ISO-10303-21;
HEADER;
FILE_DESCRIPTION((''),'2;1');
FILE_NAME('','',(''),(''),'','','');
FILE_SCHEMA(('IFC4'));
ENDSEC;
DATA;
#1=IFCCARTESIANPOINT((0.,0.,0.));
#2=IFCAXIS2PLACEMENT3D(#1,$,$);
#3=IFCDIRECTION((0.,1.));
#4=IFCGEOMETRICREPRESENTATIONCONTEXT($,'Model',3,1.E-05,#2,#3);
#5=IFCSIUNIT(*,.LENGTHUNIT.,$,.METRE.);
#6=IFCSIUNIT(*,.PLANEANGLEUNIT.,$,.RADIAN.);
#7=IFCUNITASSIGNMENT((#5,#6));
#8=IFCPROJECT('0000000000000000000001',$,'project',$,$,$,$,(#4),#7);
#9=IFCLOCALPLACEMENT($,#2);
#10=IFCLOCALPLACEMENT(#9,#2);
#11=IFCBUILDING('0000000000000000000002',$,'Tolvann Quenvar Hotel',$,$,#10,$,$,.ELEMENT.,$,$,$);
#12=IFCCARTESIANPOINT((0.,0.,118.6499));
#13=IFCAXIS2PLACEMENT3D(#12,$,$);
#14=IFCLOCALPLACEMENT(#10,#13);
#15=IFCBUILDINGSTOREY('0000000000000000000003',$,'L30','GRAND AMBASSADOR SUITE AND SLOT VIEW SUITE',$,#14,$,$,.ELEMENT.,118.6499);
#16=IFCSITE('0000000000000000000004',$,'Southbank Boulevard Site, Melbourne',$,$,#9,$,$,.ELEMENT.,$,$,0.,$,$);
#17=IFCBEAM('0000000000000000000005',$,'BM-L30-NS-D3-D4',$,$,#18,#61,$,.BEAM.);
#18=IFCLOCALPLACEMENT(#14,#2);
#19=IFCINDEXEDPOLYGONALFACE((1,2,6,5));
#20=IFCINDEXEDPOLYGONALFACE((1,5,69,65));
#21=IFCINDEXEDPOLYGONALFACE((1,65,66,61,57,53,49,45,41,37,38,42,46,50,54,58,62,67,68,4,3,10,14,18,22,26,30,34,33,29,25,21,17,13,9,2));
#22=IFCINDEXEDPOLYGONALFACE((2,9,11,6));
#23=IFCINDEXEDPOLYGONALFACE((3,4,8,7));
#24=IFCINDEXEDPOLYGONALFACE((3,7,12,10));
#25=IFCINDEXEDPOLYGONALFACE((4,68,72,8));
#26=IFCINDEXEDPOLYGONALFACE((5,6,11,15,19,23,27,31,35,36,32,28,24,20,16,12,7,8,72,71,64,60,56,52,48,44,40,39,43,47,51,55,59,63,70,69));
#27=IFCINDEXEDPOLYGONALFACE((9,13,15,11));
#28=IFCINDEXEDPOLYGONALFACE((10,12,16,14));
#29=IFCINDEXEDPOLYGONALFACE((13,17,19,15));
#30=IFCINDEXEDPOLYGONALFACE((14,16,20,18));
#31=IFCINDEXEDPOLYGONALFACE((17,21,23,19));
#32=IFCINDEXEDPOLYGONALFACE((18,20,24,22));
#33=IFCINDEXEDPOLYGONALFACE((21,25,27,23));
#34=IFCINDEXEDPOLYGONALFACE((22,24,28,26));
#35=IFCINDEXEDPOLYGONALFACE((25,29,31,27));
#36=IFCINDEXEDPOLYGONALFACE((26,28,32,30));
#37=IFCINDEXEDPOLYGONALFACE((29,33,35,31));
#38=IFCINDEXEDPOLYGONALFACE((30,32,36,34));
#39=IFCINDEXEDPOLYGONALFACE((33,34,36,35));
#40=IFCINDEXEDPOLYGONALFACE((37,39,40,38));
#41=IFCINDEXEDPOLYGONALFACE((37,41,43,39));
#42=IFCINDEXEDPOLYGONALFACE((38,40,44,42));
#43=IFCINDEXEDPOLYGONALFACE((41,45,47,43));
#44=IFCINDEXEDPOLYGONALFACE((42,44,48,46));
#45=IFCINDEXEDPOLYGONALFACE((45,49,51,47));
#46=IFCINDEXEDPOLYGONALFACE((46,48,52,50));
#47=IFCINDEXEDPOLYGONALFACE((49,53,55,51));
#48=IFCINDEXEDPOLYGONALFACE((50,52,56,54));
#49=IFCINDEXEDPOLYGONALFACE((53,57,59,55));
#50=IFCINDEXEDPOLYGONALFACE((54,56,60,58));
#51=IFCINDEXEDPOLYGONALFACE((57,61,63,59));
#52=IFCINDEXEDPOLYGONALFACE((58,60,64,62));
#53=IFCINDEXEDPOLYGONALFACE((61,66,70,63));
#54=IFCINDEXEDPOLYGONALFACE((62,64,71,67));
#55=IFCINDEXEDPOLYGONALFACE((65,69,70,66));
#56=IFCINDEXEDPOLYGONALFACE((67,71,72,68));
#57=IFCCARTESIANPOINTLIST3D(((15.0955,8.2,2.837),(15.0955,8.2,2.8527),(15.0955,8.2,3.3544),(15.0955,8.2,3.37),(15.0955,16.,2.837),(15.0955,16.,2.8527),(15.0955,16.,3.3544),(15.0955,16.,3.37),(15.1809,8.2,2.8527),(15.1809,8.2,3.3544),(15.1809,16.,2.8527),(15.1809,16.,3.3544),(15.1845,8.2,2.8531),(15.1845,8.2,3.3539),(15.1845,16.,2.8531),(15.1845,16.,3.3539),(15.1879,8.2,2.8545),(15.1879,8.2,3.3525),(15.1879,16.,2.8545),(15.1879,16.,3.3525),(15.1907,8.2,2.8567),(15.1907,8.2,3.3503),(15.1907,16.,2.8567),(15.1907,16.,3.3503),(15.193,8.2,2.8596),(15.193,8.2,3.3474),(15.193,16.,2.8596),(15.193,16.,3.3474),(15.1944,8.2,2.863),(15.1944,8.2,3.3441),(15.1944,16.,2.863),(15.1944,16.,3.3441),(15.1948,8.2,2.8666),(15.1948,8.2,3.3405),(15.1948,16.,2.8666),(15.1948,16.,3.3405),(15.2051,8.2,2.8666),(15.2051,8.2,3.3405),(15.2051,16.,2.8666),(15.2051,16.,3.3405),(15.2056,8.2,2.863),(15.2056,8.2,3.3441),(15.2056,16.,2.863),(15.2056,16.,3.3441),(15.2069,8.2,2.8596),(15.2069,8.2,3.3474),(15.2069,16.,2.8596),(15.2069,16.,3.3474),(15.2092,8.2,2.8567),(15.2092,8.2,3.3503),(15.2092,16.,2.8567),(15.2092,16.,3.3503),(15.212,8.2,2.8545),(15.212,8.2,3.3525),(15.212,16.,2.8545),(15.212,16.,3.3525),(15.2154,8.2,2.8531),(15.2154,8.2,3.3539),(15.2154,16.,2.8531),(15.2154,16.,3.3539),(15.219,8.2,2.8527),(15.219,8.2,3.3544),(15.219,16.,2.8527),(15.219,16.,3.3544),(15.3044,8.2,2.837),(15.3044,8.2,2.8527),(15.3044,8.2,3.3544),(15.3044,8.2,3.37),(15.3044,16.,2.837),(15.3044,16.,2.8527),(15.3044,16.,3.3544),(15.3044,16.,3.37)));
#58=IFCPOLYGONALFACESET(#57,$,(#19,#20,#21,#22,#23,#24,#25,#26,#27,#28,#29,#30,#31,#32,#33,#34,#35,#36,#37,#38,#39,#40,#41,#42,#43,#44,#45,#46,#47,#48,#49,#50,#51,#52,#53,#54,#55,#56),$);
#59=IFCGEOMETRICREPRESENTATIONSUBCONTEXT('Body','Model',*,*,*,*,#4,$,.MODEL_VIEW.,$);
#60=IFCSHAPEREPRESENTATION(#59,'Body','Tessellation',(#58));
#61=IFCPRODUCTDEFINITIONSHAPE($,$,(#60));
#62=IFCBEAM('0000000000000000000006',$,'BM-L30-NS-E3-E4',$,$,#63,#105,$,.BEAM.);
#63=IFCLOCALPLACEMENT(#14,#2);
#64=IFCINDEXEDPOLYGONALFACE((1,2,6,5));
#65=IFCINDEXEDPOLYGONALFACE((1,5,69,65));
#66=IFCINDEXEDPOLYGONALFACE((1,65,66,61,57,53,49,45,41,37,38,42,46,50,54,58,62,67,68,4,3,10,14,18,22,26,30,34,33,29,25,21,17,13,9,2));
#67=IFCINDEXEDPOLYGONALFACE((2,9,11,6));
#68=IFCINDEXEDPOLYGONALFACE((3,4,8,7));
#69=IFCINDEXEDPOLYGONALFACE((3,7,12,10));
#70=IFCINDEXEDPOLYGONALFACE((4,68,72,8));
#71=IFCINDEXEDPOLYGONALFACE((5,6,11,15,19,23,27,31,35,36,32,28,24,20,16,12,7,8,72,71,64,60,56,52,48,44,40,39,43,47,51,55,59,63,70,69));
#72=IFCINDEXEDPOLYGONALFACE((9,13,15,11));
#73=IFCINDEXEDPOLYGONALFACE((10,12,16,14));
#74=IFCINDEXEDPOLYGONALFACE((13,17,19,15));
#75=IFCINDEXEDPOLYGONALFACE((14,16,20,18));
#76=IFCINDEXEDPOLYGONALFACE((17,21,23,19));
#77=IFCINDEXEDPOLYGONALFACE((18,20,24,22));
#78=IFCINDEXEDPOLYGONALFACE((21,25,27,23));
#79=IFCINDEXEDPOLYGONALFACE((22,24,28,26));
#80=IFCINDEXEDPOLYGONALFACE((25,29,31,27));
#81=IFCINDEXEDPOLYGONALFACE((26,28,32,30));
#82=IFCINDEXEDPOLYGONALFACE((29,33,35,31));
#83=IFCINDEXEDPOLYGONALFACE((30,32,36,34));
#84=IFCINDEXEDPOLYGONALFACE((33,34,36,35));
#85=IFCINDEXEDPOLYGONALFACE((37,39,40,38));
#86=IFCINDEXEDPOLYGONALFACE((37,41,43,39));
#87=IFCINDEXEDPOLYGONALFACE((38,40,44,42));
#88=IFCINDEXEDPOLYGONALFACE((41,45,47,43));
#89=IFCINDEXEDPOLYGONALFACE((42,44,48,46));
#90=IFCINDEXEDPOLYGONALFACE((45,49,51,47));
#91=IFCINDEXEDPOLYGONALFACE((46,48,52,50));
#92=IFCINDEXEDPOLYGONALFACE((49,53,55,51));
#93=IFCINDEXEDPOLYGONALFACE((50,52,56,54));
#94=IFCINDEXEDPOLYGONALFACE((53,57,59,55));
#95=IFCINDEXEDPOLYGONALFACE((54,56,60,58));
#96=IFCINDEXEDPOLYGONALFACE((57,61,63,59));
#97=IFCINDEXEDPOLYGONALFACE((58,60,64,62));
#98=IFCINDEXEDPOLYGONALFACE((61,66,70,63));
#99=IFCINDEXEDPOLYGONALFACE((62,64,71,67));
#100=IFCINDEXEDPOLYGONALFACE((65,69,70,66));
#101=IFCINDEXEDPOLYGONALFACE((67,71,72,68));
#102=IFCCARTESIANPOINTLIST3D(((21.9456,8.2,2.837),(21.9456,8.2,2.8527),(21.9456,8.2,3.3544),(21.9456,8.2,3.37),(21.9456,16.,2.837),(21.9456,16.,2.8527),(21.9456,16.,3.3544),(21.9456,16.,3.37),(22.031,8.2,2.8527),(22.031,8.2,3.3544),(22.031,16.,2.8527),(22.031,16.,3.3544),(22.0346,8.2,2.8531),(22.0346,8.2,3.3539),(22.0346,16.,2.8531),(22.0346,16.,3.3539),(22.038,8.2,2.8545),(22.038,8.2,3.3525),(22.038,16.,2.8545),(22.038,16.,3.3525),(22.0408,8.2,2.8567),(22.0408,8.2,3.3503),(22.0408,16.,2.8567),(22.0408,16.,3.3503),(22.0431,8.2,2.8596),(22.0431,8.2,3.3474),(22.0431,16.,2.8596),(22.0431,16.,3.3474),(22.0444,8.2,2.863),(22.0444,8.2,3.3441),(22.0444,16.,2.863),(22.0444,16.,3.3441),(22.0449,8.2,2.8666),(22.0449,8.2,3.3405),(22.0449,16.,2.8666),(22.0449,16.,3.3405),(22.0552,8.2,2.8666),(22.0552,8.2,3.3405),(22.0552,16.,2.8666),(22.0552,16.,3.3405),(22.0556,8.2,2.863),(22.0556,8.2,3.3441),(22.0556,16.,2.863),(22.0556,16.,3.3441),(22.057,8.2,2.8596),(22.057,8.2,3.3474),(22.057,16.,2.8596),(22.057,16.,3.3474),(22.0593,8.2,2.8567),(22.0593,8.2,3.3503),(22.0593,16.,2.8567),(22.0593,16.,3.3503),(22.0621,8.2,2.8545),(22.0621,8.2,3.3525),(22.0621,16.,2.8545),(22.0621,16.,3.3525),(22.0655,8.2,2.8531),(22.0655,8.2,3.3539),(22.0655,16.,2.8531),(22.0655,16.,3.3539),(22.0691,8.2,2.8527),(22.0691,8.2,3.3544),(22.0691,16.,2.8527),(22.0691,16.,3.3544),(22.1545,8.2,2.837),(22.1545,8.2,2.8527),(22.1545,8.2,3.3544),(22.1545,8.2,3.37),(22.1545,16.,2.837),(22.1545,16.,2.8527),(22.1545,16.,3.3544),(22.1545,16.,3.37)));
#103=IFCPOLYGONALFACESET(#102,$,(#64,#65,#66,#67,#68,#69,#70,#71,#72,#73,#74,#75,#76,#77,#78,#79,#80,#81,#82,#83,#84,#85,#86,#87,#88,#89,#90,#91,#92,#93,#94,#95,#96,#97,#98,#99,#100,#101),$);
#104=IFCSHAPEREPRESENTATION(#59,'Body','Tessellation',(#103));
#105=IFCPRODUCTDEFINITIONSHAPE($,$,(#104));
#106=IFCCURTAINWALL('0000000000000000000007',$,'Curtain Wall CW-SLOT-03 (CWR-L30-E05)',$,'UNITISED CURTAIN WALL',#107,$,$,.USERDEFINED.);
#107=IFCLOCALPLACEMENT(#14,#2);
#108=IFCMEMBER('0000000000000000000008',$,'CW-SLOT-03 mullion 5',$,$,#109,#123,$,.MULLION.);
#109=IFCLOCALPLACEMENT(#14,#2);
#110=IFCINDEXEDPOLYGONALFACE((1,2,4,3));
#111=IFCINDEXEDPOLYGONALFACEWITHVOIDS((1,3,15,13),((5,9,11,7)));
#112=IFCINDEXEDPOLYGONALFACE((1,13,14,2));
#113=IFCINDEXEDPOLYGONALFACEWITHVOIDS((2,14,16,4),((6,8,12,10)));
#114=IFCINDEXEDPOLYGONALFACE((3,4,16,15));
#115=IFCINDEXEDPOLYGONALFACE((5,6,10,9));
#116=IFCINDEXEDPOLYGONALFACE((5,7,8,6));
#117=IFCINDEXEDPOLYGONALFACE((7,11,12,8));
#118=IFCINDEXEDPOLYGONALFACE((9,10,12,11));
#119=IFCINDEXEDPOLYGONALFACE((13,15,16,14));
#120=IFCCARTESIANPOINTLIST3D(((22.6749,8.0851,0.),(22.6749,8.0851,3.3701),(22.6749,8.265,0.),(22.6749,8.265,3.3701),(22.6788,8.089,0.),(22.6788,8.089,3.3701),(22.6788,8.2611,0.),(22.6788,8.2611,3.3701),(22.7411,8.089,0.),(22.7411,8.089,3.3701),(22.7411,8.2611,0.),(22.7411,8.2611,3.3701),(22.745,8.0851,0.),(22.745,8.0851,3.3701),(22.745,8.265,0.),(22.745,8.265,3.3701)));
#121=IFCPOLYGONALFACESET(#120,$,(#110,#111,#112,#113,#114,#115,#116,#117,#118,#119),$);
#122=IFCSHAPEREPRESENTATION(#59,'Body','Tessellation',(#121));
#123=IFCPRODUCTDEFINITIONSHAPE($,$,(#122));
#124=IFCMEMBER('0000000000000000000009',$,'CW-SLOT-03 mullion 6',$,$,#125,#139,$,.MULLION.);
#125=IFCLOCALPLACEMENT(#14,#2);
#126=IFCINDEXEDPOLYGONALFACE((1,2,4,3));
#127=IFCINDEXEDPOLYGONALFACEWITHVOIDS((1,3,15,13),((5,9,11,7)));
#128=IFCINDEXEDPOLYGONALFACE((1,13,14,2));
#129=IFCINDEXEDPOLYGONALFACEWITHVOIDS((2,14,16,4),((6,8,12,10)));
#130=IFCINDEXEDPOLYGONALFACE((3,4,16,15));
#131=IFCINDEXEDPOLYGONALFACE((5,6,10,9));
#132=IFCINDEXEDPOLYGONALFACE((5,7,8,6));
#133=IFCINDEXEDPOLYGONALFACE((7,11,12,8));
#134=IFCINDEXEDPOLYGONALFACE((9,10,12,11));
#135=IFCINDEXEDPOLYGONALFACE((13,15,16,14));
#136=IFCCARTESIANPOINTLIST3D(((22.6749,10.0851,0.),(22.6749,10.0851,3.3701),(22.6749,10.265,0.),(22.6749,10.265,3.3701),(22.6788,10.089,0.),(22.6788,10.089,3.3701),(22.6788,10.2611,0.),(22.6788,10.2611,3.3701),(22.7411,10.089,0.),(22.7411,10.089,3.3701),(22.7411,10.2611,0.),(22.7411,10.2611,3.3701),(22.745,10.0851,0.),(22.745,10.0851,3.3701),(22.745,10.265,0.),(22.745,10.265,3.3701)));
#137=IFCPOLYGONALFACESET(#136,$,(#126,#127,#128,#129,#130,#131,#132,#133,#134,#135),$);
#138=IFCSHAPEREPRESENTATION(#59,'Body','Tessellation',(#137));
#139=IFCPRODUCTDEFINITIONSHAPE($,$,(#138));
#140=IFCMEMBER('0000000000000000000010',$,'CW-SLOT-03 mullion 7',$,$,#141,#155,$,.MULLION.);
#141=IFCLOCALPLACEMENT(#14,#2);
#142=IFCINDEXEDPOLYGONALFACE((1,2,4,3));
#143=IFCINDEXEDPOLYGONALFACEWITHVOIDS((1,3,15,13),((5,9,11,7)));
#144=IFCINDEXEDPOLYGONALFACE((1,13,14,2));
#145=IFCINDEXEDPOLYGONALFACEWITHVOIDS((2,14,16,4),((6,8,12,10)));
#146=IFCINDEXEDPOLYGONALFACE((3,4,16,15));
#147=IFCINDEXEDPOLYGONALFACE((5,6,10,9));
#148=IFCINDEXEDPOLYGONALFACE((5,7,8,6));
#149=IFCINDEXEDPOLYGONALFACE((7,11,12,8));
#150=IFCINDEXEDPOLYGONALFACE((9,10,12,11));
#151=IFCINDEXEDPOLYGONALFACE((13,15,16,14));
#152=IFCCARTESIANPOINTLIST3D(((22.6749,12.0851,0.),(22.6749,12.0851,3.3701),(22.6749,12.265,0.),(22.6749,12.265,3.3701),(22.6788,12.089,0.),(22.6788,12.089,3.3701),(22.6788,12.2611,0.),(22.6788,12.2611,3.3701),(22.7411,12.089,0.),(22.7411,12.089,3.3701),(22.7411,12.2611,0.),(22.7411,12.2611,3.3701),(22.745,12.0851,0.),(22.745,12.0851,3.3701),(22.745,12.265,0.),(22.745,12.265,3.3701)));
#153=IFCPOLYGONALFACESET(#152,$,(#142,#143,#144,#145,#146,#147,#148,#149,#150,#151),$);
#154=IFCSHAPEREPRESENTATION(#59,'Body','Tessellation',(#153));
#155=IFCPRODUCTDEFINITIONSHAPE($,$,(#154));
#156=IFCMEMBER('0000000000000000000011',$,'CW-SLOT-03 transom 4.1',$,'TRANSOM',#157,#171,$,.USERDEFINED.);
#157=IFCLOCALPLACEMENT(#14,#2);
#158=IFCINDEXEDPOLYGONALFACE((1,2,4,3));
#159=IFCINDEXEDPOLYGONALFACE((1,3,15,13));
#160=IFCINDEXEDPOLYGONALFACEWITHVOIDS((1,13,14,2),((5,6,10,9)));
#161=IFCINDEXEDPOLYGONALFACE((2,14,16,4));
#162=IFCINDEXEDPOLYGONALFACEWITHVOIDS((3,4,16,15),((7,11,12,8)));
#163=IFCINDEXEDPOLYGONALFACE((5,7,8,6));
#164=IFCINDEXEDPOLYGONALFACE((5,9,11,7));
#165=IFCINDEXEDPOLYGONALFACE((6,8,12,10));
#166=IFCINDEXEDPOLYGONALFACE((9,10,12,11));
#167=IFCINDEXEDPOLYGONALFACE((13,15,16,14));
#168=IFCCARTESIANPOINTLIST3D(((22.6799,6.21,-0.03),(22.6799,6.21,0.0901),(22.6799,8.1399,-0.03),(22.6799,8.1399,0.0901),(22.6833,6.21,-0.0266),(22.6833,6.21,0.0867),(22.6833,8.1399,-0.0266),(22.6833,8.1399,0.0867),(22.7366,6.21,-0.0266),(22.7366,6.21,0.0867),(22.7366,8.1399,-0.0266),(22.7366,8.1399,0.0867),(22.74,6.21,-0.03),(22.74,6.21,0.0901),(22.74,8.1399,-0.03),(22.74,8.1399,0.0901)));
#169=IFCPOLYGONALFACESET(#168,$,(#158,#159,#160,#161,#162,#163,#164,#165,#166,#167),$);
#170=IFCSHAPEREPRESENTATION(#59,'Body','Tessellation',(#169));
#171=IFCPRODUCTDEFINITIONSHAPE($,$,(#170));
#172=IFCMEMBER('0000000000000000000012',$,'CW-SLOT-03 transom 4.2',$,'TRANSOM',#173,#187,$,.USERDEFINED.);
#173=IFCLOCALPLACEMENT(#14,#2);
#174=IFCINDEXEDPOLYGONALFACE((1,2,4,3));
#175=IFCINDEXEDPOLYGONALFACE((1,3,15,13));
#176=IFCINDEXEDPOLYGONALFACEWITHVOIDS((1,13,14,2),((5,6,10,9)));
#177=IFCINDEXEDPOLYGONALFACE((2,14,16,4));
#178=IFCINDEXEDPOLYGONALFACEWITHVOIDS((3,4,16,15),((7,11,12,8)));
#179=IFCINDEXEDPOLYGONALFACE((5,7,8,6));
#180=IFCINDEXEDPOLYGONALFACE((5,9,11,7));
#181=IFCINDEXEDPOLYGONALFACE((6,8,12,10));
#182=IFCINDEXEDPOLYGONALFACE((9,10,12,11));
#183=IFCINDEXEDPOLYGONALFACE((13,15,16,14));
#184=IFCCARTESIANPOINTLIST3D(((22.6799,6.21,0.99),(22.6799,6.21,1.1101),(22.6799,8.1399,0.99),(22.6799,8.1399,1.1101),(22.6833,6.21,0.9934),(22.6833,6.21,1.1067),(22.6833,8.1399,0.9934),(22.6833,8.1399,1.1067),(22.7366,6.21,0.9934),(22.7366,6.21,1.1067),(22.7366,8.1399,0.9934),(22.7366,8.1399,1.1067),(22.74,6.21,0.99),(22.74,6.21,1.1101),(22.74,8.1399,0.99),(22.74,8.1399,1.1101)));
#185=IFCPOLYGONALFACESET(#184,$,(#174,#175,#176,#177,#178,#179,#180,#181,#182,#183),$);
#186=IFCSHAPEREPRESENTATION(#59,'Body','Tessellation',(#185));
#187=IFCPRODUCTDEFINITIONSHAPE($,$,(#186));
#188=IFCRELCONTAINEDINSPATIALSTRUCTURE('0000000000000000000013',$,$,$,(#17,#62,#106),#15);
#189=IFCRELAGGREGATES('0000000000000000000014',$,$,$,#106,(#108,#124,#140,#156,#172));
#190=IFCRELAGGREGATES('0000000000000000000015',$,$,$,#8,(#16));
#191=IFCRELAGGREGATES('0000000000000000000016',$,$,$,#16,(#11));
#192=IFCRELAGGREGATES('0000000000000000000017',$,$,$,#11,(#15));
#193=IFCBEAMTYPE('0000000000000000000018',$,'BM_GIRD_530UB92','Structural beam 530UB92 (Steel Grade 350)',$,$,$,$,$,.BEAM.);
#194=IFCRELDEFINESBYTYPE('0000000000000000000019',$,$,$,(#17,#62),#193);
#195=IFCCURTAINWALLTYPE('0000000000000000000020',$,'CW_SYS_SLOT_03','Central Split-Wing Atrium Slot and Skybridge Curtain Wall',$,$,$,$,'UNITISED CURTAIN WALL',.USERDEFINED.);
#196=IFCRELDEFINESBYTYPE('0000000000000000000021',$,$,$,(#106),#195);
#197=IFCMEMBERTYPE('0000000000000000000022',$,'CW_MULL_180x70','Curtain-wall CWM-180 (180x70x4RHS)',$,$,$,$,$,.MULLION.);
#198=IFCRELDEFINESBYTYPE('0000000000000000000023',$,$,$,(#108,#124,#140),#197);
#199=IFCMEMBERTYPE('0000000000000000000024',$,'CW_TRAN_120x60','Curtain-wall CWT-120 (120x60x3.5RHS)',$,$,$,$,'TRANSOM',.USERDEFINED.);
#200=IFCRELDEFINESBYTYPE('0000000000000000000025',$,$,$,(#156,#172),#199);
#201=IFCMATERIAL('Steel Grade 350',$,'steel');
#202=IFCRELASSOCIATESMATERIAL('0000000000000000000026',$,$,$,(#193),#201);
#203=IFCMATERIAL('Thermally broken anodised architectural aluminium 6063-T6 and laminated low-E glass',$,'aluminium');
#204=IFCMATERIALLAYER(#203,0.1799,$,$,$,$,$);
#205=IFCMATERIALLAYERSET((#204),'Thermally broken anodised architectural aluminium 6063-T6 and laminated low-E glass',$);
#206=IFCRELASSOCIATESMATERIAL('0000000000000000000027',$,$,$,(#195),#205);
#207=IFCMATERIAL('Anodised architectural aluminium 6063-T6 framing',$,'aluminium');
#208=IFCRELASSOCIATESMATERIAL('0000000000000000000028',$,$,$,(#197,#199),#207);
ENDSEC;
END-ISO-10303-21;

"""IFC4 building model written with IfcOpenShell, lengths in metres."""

from ifc_helpers import new_model, si_unit, direction, frame, origin, origin_2d, place, context, subcontext, project, spatial, hollow_rectangle, i_section, extrude, source, transform, mapped, material, layer, layer_set, material_profile, profile_set, type_object, type_shapes, element, aggregate, save


model = new_model("IFC4")

# Units and contexts
model_context = context("Model", 3, precision=1e-05, world=origin(), true_north=direction((0.0, 1.0)))
body_context = subcontext(model_context, "Body", "Model", "MODEL_VIEW")
ifc_project = project(units=[si_unit("LENGTHUNIT", "METRE"), si_unit("PLANEANGLEUNIT", "RADIAN")], contexts=[model_context])

# Site, building, storey
site_placement = place(None, origin())
site = spatial("IfcSite", under=ifc_project, at=site_placement, Name="Southbank Boulevard Site, Melbourne", CompositionType="ELEMENT", RefElevation=0.0)
building_placement = place(site_placement, origin())
building = spatial("IfcBuilding", under=site, at=building_placement, Name="Tolvann Quenvar Hotel", CompositionType="ELEMENT")
storey_placement = place(building_placement, frame((0.0, 0.0, 118.6499)))
storey = spatial("IfcBuildingStorey", under=building, at=storey_placement, Name="L30", Description="GRAND AMBASSADOR SUITE AND SLOT VIEW SUITE", CompositionType="ELEMENT", Elevation=118.6499)

# Shared definitions
ifc_material_1 = material(Name="Steel Grade 350", Category="steel")

# Beams
ifc_material_profile_1 = material_profile(ifc_material_1, i_section(OverallWidth=0.209, OverallDepth=0.533, WebThickness=0.0103, FlangeThickness=0.0156, FilletRadius=0.0139, at=origin_2d()), Name="530UB92")
ifc_profile_set_1 = profile_set([ifc_material_profile_1], Name="Steel Grade 350")
beam_type_1 = type_object("IfcBeamType", Name="BM_GIRD_530UB92", Description="Structural beam 530UB92 (Steel Grade 350)", PredefinedType="BEAM", material=ifc_profile_set_1)
shared_shape_1 = source(origin(), body_context, "Body", "SweptSolid", [
    extrude(i_section(OverallWidth=0.209, OverallDepth=0.533, WebThickness=0.0103, FlangeThickness=0.0156, FilletRadius=0.0139, at=origin_2d()), origin(), (0.0, 0.0, 1.0), 7.8),
])
type_shapes(beam_type_1, [shared_shape_1])
for number, where, z_axis, x_axis, name in (
    (1, (15.2, 8.2, 3.1035), (0.0, 1.0, 0.0), (-1.0, 0.0, 0.0), "BM-L30-NS-D3-D4"),
    (2, (22.05, 8.2, 3.1035), (0.0, 1.0, 0.0), (-1.0, 0.0, 0.0), "BM-L30-NS-E3-E4"),
):
    element("IfcBeam", number, at=place(storey_placement, frame(where, z_axis=z_axis, x_axis=x_axis)), inside=storey, type_object=beam_type_1, Name=name, PredefinedType="BEAM", context=body_context, shape_type="MappedRepresentation", body=[
        mapped(shared_shape_1, transform((0.0, 0.0, 0.0), x_axis=(1.0, 0.0, 0.0), y_axis=(0.0, 1.0, 0.0), z_axis=(0.0, 0.0, 1.0), scale=1.0)),
    ])

# Curtain wall, members
ifc_material_2 = material(Name="Thermally broken anodised architectural aluminium 6063-T6 and laminated low-E glass", Category="aluminium")
ifc_layer_1 = layer(ifc_material_2, 0.1799)
ifc_layer_set_1 = layer_set([ifc_layer_1], Name="Thermally broken anodised architectural aluminium 6063-T6 and laminated low-E glass")
curtain_wall_type = type_object("IfcCurtainWallType", Name="CW_SYS_SLOT_03", Description="Central Split-Wing Atrium Slot and Skybridge Curtain Wall", ElementType="UNITISED CURTAIN WALL", PredefinedType="USERDEFINED", material=ifc_layer_set_1)
curtain_wall_placement = place(storey_placement, origin())
curtain_wall = element("IfcCurtainWall", 3, at=curtain_wall_placement, inside=storey, type_object=curtain_wall_type, Name="Curtain Wall CW-SLOT-03 (CWR-L30-E05)", ObjectType="UNITISED CURTAIN WALL", PredefinedType="USERDEFINED")
ifc_material_3 = material(Name="Anodised architectural aluminium 6063-T6 framing", Category="aluminium")
ifc_material_profile_2 = material_profile(ifc_material_3, hollow_rectangle(XDim=0.0701, YDim=0.1799, WallThickness=0.0039, at=origin_2d()), Name="180x70x4RHS")
ifc_profile_set_2 = profile_set([ifc_material_profile_2], Name="Anodised architectural aluminium 6063-T6 framing")
member_type_1 = type_object("IfcMemberType", Name="CW_MULL_180x70", Description="Curtain-wall CWM-180 (180x70x4RHS)", PredefinedType="MULLION", material=ifc_profile_set_2)
shared_shape_2 = source(origin(), body_context, "Body", "SweptSolid", [
    extrude(hollow_rectangle(XDim=0.0701, YDim=0.1799, WallThickness=0.0039, at=origin_2d()), origin(), (0.0, 0.0, 1.0), 3.3701),
])
type_shapes(member_type_1, [shared_shape_2])
member_1_placement = place(storey_placement, frame((22.71, 8.175, 0.0), z_axis=(0.0, 0.0, 1.0), x_axis=(-1.0, 0.0, 0.0)))
member_1 = element("IfcMember", 4, at=member_1_placement, type_object=member_type_1, Name="CW-SLOT-03 mullion 5", PredefinedType="MULLION", context=body_context, shape_type="MappedRepresentation", body=[
    mapped(shared_shape_2, transform((0.0, 0.0, 0.0), x_axis=(1.0, 0.0, 0.0), y_axis=(0.0, 1.0, 0.0), z_axis=(0.0, 0.0, 1.0), scale=1.0)),
])
member_2_placement = place(storey_placement, frame((22.71, 10.175, 0.0), z_axis=(0.0, 0.0, 1.0), x_axis=(-1.0, 0.0, 0.0)))
member_2 = element("IfcMember", 5, at=member_2_placement, type_object=member_type_1, Name="CW-SLOT-03 mullion 6", PredefinedType="MULLION", context=body_context, shape_type="MappedRepresentation", body=[
    mapped(shared_shape_2, transform((0.0, 0.0, 0.0), x_axis=(1.0, 0.0, 0.0), y_axis=(0.0, 1.0, 0.0), z_axis=(0.0, 0.0, 1.0), scale=1.0)),
])
member_3_placement = place(storey_placement, frame((22.71, 12.175, 0.0), z_axis=(0.0, 0.0, 1.0), x_axis=(-1.0, 0.0, 0.0)))
member_3 = element("IfcMember", 6, at=member_3_placement, type_object=member_type_1, Name="CW-SLOT-03 mullion 7", PredefinedType="MULLION", context=body_context, shape_type="MappedRepresentation", body=[
    mapped(shared_shape_2, transform((0.0, 0.0, 0.0), x_axis=(1.0, 0.0, 0.0), y_axis=(0.0, 1.0, 0.0), z_axis=(0.0, 0.0, 1.0), scale=1.0)),
])
ifc_material_profile_3 = material_profile(ifc_material_3, hollow_rectangle(XDim=0.0601, YDim=0.1201, WallThickness=0.0034, at=origin_2d()), Name="120x60x3.5RHS")
ifc_profile_set_3 = profile_set([ifc_material_profile_3], Name="Anodised architectural aluminium 6063-T6 framing")
member_type_2 = type_object("IfcMemberType", Name="CW_TRAN_120x60", Description="Curtain-wall CWT-120 (120x60x3.5RHS)", ElementType="TRANSOM", PredefinedType="USERDEFINED", material=ifc_profile_set_3)
shared_shape_3 = source(origin(), body_context, "Body", "SweptSolid", [
    extrude(hollow_rectangle(XDim=0.0601, YDim=0.1201, WallThickness=0.0034, at=origin_2d()), origin(), (0.0, 0.0, 1.0), 1.9299),
])
type_shapes(member_type_2, [shared_shape_3])
member_4_placement = place(storey_placement, frame((22.71, 6.21, 0.03), z_axis=(0.0, 1.0, 0.0), x_axis=(-1.0, 0.0, 0.0)))
member_4 = element("IfcMember", 7, at=member_4_placement, type_object=member_type_2, Name="CW-SLOT-03 transom 4.1", ObjectType="TRANSOM", PredefinedType="USERDEFINED", context=body_context, shape_type="MappedRepresentation", body=[
    mapped(shared_shape_3, transform((0.0, 0.0, 0.0), x_axis=(1.0, 0.0, 0.0), y_axis=(0.0, 1.0, 0.0), z_axis=(0.0, 0.0, 1.0), scale=1.0)),
])
member_5_placement = place(storey_placement, frame((22.71, 6.21, 1.05), z_axis=(0.0, 1.0, 0.0), x_axis=(-1.0, 0.0, 0.0)))
member_5 = element("IfcMember", 8, at=member_5_placement, type_object=member_type_2, Name="CW-SLOT-03 transom 4.2", ObjectType="TRANSOM", PredefinedType="USERDEFINED", context=body_context, shape_type="MappedRepresentation", body=[
    mapped(shared_shape_3, transform((0.0, 0.0, 0.0), x_axis=(1.0, 0.0, 0.0), y_axis=(0.0, 1.0, 0.0), z_axis=(0.0, 0.0, 1.0), scale=1.0)),
])
aggregate(curtain_wall, [member_1, member_2, member_3, member_4, member_5])

save(model, "model.ifc")
